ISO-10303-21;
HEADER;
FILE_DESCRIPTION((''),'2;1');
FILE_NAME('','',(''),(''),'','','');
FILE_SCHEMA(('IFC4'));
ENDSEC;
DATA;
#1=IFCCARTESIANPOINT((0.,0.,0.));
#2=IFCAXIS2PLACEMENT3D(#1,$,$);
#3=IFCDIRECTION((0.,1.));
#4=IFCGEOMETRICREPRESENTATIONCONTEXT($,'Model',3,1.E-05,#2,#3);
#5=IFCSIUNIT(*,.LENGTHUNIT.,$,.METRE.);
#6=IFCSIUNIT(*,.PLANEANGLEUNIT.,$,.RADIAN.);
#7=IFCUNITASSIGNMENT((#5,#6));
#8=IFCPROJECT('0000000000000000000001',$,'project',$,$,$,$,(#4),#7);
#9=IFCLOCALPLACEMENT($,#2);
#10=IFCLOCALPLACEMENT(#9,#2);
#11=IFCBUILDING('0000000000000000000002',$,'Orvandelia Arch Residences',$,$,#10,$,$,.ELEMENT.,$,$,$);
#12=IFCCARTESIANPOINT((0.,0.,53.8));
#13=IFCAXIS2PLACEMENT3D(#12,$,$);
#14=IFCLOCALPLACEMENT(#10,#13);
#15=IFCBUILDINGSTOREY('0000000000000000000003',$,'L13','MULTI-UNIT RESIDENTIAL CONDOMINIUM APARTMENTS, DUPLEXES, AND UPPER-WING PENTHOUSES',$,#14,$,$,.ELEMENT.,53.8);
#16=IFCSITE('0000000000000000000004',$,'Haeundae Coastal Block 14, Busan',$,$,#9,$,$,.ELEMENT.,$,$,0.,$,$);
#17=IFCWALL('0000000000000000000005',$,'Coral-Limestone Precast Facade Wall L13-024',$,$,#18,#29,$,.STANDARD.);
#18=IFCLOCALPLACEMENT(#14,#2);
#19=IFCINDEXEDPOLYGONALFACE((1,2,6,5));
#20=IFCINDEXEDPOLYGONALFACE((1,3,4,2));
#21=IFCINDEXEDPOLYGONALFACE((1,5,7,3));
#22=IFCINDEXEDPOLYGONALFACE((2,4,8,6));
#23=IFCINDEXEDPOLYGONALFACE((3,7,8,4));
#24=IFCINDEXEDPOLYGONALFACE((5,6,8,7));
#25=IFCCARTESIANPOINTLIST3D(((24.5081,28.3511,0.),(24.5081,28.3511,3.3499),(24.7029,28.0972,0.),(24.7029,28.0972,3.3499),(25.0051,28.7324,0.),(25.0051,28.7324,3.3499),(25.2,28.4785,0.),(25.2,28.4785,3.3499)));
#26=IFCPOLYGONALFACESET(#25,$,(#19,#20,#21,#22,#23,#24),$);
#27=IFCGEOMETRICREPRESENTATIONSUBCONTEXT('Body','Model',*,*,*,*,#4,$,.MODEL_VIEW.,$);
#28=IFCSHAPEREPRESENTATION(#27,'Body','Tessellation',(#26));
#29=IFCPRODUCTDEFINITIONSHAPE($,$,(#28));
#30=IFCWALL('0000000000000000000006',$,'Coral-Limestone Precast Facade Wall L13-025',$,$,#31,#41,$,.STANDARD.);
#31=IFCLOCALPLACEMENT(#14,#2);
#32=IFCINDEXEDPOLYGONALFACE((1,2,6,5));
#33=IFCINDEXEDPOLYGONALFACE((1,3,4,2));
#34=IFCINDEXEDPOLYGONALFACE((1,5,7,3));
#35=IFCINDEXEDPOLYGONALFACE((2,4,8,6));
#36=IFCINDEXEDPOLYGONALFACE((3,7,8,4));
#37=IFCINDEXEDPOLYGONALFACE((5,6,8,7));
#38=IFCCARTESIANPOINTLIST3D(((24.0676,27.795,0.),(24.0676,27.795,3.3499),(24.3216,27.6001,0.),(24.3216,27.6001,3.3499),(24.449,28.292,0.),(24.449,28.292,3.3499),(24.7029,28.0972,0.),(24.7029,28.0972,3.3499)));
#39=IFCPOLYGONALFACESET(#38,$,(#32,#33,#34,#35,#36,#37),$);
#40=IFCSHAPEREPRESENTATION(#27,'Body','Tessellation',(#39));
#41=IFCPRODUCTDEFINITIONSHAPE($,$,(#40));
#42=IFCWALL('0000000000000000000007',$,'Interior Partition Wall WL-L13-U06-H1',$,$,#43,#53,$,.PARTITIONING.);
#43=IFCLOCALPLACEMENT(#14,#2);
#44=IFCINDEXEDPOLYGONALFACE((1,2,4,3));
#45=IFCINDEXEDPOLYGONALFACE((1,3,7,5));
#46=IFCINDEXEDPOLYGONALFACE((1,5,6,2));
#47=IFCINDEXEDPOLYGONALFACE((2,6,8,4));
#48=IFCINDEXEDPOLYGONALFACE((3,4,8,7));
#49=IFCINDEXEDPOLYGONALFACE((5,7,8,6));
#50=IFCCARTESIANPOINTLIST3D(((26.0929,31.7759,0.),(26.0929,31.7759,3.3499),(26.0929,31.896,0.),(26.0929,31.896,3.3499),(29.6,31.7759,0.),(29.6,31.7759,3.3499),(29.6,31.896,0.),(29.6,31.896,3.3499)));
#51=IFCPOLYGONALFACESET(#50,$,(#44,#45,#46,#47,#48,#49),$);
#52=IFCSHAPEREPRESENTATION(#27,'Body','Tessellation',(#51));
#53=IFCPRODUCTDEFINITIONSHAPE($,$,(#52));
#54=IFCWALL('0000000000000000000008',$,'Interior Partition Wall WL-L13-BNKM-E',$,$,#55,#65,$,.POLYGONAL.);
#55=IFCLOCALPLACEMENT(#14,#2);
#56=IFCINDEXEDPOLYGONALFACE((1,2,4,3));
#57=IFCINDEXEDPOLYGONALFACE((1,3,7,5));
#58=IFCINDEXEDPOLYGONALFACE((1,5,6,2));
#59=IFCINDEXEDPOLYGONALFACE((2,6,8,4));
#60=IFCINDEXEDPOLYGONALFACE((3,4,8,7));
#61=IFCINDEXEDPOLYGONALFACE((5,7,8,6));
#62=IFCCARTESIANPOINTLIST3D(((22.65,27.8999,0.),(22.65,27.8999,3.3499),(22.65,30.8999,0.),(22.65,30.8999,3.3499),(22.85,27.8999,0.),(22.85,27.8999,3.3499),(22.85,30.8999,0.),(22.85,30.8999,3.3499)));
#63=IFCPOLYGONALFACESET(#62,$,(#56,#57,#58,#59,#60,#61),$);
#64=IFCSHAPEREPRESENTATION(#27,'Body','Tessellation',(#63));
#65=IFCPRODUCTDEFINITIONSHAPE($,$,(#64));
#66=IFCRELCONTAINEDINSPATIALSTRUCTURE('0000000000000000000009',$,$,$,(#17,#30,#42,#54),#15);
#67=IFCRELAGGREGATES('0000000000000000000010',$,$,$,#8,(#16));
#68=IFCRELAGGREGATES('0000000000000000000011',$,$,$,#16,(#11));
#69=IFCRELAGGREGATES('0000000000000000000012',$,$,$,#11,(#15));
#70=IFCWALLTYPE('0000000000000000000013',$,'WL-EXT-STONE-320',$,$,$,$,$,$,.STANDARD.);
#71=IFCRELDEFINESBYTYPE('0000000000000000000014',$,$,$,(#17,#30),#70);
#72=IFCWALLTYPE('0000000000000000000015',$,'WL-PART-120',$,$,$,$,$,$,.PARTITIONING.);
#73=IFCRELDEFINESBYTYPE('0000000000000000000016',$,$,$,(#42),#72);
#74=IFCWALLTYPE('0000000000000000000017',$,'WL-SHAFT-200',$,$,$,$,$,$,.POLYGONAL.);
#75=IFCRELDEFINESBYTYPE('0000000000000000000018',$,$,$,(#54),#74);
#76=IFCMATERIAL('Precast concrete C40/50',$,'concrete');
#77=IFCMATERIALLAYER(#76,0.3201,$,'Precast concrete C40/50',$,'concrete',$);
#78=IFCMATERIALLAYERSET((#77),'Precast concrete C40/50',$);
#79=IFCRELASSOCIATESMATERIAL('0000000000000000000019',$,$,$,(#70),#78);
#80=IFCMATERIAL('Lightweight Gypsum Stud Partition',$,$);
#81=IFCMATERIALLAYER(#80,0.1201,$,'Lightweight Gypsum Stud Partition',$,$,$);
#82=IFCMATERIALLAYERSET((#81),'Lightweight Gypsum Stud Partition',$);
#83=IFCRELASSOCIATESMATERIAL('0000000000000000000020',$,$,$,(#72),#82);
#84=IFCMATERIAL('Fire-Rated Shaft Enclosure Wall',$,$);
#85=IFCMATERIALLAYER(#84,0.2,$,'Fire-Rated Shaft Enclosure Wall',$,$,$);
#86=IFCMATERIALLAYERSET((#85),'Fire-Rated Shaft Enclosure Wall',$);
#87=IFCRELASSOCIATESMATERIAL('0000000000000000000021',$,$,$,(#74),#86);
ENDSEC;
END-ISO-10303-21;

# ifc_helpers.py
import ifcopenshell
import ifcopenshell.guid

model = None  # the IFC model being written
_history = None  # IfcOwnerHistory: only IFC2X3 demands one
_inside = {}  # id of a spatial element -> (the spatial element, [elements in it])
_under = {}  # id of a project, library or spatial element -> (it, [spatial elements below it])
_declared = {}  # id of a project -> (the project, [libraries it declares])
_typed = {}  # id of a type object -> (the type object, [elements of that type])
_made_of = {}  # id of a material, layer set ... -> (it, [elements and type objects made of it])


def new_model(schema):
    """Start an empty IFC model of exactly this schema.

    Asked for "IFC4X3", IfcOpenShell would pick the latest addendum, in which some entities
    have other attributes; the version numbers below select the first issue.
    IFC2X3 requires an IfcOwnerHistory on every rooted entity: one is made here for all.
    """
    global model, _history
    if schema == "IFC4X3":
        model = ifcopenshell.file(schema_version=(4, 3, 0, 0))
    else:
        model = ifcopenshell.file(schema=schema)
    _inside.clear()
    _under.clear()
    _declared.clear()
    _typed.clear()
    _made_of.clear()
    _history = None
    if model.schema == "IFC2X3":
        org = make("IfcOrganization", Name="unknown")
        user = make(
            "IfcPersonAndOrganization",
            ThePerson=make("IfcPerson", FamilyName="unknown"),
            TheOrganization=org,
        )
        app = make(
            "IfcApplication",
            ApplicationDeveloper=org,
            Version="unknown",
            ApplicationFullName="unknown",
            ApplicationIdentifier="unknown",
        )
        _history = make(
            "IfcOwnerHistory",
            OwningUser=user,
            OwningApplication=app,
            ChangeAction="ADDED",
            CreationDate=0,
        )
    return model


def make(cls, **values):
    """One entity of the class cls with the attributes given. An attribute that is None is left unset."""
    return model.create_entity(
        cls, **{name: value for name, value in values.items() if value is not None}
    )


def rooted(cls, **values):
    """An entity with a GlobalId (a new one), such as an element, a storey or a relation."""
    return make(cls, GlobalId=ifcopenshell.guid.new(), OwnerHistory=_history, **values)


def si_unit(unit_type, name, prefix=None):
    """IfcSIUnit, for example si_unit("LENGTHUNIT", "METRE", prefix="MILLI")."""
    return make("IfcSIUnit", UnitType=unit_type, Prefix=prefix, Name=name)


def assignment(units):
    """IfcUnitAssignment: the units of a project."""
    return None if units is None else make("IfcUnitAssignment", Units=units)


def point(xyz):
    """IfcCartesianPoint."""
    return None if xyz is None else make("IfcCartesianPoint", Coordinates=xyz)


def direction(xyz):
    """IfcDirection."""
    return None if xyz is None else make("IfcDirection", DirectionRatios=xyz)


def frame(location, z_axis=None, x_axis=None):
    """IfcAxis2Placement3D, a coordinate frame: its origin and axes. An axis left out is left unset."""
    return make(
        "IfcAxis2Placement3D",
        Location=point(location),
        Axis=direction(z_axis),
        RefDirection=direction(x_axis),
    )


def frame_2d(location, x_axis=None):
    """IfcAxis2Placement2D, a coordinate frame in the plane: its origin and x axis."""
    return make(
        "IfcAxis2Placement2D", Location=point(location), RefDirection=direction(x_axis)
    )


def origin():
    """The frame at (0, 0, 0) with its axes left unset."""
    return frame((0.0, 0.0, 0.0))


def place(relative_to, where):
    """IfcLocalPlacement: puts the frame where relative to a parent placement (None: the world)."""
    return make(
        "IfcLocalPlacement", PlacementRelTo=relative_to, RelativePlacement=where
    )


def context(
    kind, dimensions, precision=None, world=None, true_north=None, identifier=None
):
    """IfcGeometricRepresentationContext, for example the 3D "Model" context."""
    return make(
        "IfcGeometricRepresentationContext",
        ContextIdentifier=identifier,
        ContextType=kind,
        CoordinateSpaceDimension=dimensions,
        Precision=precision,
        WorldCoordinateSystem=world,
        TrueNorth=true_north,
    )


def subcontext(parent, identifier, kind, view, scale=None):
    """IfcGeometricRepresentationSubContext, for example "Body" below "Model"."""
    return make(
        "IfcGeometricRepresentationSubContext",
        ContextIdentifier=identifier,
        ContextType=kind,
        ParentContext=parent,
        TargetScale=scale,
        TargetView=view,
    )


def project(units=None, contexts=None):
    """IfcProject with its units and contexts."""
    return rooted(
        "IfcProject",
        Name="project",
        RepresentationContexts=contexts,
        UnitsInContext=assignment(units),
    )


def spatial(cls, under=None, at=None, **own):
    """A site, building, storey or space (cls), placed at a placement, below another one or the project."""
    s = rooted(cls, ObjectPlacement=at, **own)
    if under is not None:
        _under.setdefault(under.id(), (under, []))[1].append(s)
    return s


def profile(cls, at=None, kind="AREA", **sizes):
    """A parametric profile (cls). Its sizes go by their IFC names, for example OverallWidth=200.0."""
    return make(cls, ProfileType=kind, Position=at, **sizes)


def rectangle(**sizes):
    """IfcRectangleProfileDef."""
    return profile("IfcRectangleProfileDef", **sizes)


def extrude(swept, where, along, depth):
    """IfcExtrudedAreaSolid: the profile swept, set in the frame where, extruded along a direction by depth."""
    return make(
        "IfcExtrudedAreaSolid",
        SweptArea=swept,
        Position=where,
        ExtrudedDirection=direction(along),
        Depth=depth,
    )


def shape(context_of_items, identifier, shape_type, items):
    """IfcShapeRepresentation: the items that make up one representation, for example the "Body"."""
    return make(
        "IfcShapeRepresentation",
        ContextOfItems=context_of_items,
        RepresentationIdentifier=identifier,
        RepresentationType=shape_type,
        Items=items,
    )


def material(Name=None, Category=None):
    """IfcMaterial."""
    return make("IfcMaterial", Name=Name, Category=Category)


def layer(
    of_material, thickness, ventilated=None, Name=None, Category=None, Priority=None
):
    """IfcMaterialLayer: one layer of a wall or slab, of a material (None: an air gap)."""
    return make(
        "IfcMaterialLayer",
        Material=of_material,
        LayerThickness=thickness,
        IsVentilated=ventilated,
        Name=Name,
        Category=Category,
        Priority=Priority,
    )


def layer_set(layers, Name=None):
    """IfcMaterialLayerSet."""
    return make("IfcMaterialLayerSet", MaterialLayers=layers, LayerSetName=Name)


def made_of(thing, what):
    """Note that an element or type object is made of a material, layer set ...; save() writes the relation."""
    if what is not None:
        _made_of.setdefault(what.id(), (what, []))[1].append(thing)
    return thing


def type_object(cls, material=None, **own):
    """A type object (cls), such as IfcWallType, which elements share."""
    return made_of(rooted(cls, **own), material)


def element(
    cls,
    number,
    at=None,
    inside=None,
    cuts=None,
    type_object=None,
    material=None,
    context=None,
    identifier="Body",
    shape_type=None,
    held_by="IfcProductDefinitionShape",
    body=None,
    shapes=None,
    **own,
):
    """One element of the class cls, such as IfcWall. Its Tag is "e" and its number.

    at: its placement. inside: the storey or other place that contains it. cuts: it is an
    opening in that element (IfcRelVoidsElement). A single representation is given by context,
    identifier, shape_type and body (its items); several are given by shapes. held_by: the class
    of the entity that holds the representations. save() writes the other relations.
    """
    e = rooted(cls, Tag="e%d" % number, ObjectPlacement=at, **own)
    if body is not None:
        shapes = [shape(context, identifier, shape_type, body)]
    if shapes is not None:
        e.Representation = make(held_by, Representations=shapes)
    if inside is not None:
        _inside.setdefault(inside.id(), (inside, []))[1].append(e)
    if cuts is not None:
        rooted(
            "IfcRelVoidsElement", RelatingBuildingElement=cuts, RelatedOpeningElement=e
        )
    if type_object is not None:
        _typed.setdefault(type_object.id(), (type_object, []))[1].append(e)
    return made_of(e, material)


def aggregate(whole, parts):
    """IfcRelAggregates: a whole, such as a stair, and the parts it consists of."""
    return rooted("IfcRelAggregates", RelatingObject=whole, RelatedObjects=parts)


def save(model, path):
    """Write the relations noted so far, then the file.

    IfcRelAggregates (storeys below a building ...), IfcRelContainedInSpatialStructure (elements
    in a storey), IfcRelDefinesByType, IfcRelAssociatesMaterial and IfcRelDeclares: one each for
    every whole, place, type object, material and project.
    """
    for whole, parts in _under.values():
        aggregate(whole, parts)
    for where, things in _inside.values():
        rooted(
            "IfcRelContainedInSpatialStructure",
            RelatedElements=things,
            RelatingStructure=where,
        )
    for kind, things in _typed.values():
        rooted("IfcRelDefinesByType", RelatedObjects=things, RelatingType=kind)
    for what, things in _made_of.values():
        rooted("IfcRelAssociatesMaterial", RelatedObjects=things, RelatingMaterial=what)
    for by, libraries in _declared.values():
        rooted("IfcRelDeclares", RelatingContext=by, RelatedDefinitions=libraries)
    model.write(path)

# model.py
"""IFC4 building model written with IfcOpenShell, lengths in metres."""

from ifc_helpers import new_model, si_unit, direction, frame, frame_2d, origin, place, context, subcontext, project, spatial, rectangle, extrude, material, layer, layer_set, type_object, element, save


model = new_model("IFC4")

# Units and contexts
model_context = context("Model", 3, precision=1e-05, world=origin(), true_north=direction((0.0, 1.0)))
body_context = subcontext(model_context, "Body", "Model", "MODEL_VIEW")
ifc_project = project(units=[si_unit("LENGTHUNIT", "METRE"), si_unit("PLANEANGLEUNIT", "RADIAN")], contexts=[model_context])

# Site, building, storey
site_placement = place(None, origin())
site = spatial("IfcSite", under=ifc_project, at=site_placement, Name="Haeundae Coastal Block 14, Busan", CompositionType="ELEMENT", RefElevation=0.0)
building_placement = place(site_placement, origin())
building = spatial("IfcBuilding", under=site, at=building_placement, Name="Orvandelia Arch Residences", CompositionType="ELEMENT")
storey_placement = place(building_placement, frame((0.0, 0.0, 53.8)))
storey = spatial("IfcBuildingStorey", under=building, at=storey_placement, Name="L13", Description="MULTI-UNIT RESIDENTIAL CONDOMINIUM APARTMENTS, DUPLEXES, AND UPPER-WING PENTHOUSES", CompositionType="ELEMENT", Elevation=53.8)

# Walls
ifc_material_1 = material(Name="Precast concrete C40/50", Category="concrete")
ifc_layer_1 = layer(ifc_material_1, 0.3201, Name="Precast concrete C40/50", Category="concrete")
ifc_layer_set_1 = layer_set([ifc_layer_1], Name="Precast concrete C40/50")
wall_type_1 = type_object("IfcWallType", Name="WL-EXT-STONE-320", PredefinedType="STANDARD", material=ifc_layer_set_1)
for number, where, z_axis, x_axis, name in (
    (1, (25.1025, 28.6055, 0.0), (0.0, 0.0, 1.0), (-0.793406, -0.608693, 0.0), "Coral-Limestone Precast Facade Wall L13-024"),
    (2, (24.5759, 28.1946, 0.0), (0.0, 0.0, 1.0), (-0.608693, -0.793406, 0.0), "Coral-Limestone Precast Facade Wall L13-025"),
):
    element("IfcWall", number, at=place(storey_placement, frame(where, z_axis=z_axis, x_axis=x_axis)), inside=storey, type_object=wall_type_1, Name=name, PredefinedType="STANDARD", context=body_context, shape_type="SweptSolid", body=[
        extrude(rectangle(XDim=0.6265, YDim=0.3201, at=frame_2d((0.3132, 0.0))), origin(), (0.0, 0.0, 1.0), 3.3499),
    ])
ifc_material_2 = material(Name="Lightweight Gypsum Stud Partition")
ifc_layer_2 = layer(ifc_material_2, 0.1201, Name="Lightweight Gypsum Stud Partition")
ifc_layer_set_2 = layer_set([ifc_layer_2], Name="Lightweight Gypsum Stud Partition")
wall_type_2 = type_object("IfcWallType", Name="WL-PART-120", PredefinedType="PARTITIONING", material=ifc_layer_set_2)
wall_1_placement = place(storey_placement, frame((26.093, 31.8359, 0.0), z_axis=(0.0, 0.0, 1.0), x_axis=(1.0, 0.0, 0.0)))
element("IfcWall", 3, at=wall_1_placement, inside=storey, type_object=wall_type_2, Name="Interior Partition Wall WL-L13-U06-H1", PredefinedType="PARTITIONING", context=body_context, shape_type="SweptSolid", body=[
    extrude(rectangle(XDim=3.5071, YDim=0.1201, at=frame_2d((1.7534, 0.0))), origin(), (0.0, 0.0, 1.0), 3.3499),
])
ifc_material_3 = material(Name="Fire-Rated Shaft Enclosure Wall")
ifc_layer_3 = layer(ifc_material_3, 0.2, Name="Fire-Rated Shaft Enclosure Wall")
ifc_layer_set_3 = layer_set([ifc_layer_3], Name="Fire-Rated Shaft Enclosure Wall")
wall_type_3 = type_object("IfcWallType", Name="WL-SHAFT-200", PredefinedType="POLYGONAL", material=ifc_layer_set_3)
wall_2_placement = place(storey_placement, frame((22.75, 27.8999, 0.0), z_axis=(0.0, 0.0, 1.0), x_axis=(0.0, 1.0, 0.0)))
element("IfcWall", 4, at=wall_2_placement, inside=storey, type_object=wall_type_3, Name="Interior Partition Wall WL-L13-BNKM-E", PredefinedType="POLYGONAL", context=body_context, shape_type="SweptSolid", body=[
    extrude(rectangle(XDim=3.0, YDim=0.2, at=frame_2d((1.5, 0.0))), origin(), (0.0, 0.0, 1.0), 3.3499),
])

save(model, "model.ifc")
